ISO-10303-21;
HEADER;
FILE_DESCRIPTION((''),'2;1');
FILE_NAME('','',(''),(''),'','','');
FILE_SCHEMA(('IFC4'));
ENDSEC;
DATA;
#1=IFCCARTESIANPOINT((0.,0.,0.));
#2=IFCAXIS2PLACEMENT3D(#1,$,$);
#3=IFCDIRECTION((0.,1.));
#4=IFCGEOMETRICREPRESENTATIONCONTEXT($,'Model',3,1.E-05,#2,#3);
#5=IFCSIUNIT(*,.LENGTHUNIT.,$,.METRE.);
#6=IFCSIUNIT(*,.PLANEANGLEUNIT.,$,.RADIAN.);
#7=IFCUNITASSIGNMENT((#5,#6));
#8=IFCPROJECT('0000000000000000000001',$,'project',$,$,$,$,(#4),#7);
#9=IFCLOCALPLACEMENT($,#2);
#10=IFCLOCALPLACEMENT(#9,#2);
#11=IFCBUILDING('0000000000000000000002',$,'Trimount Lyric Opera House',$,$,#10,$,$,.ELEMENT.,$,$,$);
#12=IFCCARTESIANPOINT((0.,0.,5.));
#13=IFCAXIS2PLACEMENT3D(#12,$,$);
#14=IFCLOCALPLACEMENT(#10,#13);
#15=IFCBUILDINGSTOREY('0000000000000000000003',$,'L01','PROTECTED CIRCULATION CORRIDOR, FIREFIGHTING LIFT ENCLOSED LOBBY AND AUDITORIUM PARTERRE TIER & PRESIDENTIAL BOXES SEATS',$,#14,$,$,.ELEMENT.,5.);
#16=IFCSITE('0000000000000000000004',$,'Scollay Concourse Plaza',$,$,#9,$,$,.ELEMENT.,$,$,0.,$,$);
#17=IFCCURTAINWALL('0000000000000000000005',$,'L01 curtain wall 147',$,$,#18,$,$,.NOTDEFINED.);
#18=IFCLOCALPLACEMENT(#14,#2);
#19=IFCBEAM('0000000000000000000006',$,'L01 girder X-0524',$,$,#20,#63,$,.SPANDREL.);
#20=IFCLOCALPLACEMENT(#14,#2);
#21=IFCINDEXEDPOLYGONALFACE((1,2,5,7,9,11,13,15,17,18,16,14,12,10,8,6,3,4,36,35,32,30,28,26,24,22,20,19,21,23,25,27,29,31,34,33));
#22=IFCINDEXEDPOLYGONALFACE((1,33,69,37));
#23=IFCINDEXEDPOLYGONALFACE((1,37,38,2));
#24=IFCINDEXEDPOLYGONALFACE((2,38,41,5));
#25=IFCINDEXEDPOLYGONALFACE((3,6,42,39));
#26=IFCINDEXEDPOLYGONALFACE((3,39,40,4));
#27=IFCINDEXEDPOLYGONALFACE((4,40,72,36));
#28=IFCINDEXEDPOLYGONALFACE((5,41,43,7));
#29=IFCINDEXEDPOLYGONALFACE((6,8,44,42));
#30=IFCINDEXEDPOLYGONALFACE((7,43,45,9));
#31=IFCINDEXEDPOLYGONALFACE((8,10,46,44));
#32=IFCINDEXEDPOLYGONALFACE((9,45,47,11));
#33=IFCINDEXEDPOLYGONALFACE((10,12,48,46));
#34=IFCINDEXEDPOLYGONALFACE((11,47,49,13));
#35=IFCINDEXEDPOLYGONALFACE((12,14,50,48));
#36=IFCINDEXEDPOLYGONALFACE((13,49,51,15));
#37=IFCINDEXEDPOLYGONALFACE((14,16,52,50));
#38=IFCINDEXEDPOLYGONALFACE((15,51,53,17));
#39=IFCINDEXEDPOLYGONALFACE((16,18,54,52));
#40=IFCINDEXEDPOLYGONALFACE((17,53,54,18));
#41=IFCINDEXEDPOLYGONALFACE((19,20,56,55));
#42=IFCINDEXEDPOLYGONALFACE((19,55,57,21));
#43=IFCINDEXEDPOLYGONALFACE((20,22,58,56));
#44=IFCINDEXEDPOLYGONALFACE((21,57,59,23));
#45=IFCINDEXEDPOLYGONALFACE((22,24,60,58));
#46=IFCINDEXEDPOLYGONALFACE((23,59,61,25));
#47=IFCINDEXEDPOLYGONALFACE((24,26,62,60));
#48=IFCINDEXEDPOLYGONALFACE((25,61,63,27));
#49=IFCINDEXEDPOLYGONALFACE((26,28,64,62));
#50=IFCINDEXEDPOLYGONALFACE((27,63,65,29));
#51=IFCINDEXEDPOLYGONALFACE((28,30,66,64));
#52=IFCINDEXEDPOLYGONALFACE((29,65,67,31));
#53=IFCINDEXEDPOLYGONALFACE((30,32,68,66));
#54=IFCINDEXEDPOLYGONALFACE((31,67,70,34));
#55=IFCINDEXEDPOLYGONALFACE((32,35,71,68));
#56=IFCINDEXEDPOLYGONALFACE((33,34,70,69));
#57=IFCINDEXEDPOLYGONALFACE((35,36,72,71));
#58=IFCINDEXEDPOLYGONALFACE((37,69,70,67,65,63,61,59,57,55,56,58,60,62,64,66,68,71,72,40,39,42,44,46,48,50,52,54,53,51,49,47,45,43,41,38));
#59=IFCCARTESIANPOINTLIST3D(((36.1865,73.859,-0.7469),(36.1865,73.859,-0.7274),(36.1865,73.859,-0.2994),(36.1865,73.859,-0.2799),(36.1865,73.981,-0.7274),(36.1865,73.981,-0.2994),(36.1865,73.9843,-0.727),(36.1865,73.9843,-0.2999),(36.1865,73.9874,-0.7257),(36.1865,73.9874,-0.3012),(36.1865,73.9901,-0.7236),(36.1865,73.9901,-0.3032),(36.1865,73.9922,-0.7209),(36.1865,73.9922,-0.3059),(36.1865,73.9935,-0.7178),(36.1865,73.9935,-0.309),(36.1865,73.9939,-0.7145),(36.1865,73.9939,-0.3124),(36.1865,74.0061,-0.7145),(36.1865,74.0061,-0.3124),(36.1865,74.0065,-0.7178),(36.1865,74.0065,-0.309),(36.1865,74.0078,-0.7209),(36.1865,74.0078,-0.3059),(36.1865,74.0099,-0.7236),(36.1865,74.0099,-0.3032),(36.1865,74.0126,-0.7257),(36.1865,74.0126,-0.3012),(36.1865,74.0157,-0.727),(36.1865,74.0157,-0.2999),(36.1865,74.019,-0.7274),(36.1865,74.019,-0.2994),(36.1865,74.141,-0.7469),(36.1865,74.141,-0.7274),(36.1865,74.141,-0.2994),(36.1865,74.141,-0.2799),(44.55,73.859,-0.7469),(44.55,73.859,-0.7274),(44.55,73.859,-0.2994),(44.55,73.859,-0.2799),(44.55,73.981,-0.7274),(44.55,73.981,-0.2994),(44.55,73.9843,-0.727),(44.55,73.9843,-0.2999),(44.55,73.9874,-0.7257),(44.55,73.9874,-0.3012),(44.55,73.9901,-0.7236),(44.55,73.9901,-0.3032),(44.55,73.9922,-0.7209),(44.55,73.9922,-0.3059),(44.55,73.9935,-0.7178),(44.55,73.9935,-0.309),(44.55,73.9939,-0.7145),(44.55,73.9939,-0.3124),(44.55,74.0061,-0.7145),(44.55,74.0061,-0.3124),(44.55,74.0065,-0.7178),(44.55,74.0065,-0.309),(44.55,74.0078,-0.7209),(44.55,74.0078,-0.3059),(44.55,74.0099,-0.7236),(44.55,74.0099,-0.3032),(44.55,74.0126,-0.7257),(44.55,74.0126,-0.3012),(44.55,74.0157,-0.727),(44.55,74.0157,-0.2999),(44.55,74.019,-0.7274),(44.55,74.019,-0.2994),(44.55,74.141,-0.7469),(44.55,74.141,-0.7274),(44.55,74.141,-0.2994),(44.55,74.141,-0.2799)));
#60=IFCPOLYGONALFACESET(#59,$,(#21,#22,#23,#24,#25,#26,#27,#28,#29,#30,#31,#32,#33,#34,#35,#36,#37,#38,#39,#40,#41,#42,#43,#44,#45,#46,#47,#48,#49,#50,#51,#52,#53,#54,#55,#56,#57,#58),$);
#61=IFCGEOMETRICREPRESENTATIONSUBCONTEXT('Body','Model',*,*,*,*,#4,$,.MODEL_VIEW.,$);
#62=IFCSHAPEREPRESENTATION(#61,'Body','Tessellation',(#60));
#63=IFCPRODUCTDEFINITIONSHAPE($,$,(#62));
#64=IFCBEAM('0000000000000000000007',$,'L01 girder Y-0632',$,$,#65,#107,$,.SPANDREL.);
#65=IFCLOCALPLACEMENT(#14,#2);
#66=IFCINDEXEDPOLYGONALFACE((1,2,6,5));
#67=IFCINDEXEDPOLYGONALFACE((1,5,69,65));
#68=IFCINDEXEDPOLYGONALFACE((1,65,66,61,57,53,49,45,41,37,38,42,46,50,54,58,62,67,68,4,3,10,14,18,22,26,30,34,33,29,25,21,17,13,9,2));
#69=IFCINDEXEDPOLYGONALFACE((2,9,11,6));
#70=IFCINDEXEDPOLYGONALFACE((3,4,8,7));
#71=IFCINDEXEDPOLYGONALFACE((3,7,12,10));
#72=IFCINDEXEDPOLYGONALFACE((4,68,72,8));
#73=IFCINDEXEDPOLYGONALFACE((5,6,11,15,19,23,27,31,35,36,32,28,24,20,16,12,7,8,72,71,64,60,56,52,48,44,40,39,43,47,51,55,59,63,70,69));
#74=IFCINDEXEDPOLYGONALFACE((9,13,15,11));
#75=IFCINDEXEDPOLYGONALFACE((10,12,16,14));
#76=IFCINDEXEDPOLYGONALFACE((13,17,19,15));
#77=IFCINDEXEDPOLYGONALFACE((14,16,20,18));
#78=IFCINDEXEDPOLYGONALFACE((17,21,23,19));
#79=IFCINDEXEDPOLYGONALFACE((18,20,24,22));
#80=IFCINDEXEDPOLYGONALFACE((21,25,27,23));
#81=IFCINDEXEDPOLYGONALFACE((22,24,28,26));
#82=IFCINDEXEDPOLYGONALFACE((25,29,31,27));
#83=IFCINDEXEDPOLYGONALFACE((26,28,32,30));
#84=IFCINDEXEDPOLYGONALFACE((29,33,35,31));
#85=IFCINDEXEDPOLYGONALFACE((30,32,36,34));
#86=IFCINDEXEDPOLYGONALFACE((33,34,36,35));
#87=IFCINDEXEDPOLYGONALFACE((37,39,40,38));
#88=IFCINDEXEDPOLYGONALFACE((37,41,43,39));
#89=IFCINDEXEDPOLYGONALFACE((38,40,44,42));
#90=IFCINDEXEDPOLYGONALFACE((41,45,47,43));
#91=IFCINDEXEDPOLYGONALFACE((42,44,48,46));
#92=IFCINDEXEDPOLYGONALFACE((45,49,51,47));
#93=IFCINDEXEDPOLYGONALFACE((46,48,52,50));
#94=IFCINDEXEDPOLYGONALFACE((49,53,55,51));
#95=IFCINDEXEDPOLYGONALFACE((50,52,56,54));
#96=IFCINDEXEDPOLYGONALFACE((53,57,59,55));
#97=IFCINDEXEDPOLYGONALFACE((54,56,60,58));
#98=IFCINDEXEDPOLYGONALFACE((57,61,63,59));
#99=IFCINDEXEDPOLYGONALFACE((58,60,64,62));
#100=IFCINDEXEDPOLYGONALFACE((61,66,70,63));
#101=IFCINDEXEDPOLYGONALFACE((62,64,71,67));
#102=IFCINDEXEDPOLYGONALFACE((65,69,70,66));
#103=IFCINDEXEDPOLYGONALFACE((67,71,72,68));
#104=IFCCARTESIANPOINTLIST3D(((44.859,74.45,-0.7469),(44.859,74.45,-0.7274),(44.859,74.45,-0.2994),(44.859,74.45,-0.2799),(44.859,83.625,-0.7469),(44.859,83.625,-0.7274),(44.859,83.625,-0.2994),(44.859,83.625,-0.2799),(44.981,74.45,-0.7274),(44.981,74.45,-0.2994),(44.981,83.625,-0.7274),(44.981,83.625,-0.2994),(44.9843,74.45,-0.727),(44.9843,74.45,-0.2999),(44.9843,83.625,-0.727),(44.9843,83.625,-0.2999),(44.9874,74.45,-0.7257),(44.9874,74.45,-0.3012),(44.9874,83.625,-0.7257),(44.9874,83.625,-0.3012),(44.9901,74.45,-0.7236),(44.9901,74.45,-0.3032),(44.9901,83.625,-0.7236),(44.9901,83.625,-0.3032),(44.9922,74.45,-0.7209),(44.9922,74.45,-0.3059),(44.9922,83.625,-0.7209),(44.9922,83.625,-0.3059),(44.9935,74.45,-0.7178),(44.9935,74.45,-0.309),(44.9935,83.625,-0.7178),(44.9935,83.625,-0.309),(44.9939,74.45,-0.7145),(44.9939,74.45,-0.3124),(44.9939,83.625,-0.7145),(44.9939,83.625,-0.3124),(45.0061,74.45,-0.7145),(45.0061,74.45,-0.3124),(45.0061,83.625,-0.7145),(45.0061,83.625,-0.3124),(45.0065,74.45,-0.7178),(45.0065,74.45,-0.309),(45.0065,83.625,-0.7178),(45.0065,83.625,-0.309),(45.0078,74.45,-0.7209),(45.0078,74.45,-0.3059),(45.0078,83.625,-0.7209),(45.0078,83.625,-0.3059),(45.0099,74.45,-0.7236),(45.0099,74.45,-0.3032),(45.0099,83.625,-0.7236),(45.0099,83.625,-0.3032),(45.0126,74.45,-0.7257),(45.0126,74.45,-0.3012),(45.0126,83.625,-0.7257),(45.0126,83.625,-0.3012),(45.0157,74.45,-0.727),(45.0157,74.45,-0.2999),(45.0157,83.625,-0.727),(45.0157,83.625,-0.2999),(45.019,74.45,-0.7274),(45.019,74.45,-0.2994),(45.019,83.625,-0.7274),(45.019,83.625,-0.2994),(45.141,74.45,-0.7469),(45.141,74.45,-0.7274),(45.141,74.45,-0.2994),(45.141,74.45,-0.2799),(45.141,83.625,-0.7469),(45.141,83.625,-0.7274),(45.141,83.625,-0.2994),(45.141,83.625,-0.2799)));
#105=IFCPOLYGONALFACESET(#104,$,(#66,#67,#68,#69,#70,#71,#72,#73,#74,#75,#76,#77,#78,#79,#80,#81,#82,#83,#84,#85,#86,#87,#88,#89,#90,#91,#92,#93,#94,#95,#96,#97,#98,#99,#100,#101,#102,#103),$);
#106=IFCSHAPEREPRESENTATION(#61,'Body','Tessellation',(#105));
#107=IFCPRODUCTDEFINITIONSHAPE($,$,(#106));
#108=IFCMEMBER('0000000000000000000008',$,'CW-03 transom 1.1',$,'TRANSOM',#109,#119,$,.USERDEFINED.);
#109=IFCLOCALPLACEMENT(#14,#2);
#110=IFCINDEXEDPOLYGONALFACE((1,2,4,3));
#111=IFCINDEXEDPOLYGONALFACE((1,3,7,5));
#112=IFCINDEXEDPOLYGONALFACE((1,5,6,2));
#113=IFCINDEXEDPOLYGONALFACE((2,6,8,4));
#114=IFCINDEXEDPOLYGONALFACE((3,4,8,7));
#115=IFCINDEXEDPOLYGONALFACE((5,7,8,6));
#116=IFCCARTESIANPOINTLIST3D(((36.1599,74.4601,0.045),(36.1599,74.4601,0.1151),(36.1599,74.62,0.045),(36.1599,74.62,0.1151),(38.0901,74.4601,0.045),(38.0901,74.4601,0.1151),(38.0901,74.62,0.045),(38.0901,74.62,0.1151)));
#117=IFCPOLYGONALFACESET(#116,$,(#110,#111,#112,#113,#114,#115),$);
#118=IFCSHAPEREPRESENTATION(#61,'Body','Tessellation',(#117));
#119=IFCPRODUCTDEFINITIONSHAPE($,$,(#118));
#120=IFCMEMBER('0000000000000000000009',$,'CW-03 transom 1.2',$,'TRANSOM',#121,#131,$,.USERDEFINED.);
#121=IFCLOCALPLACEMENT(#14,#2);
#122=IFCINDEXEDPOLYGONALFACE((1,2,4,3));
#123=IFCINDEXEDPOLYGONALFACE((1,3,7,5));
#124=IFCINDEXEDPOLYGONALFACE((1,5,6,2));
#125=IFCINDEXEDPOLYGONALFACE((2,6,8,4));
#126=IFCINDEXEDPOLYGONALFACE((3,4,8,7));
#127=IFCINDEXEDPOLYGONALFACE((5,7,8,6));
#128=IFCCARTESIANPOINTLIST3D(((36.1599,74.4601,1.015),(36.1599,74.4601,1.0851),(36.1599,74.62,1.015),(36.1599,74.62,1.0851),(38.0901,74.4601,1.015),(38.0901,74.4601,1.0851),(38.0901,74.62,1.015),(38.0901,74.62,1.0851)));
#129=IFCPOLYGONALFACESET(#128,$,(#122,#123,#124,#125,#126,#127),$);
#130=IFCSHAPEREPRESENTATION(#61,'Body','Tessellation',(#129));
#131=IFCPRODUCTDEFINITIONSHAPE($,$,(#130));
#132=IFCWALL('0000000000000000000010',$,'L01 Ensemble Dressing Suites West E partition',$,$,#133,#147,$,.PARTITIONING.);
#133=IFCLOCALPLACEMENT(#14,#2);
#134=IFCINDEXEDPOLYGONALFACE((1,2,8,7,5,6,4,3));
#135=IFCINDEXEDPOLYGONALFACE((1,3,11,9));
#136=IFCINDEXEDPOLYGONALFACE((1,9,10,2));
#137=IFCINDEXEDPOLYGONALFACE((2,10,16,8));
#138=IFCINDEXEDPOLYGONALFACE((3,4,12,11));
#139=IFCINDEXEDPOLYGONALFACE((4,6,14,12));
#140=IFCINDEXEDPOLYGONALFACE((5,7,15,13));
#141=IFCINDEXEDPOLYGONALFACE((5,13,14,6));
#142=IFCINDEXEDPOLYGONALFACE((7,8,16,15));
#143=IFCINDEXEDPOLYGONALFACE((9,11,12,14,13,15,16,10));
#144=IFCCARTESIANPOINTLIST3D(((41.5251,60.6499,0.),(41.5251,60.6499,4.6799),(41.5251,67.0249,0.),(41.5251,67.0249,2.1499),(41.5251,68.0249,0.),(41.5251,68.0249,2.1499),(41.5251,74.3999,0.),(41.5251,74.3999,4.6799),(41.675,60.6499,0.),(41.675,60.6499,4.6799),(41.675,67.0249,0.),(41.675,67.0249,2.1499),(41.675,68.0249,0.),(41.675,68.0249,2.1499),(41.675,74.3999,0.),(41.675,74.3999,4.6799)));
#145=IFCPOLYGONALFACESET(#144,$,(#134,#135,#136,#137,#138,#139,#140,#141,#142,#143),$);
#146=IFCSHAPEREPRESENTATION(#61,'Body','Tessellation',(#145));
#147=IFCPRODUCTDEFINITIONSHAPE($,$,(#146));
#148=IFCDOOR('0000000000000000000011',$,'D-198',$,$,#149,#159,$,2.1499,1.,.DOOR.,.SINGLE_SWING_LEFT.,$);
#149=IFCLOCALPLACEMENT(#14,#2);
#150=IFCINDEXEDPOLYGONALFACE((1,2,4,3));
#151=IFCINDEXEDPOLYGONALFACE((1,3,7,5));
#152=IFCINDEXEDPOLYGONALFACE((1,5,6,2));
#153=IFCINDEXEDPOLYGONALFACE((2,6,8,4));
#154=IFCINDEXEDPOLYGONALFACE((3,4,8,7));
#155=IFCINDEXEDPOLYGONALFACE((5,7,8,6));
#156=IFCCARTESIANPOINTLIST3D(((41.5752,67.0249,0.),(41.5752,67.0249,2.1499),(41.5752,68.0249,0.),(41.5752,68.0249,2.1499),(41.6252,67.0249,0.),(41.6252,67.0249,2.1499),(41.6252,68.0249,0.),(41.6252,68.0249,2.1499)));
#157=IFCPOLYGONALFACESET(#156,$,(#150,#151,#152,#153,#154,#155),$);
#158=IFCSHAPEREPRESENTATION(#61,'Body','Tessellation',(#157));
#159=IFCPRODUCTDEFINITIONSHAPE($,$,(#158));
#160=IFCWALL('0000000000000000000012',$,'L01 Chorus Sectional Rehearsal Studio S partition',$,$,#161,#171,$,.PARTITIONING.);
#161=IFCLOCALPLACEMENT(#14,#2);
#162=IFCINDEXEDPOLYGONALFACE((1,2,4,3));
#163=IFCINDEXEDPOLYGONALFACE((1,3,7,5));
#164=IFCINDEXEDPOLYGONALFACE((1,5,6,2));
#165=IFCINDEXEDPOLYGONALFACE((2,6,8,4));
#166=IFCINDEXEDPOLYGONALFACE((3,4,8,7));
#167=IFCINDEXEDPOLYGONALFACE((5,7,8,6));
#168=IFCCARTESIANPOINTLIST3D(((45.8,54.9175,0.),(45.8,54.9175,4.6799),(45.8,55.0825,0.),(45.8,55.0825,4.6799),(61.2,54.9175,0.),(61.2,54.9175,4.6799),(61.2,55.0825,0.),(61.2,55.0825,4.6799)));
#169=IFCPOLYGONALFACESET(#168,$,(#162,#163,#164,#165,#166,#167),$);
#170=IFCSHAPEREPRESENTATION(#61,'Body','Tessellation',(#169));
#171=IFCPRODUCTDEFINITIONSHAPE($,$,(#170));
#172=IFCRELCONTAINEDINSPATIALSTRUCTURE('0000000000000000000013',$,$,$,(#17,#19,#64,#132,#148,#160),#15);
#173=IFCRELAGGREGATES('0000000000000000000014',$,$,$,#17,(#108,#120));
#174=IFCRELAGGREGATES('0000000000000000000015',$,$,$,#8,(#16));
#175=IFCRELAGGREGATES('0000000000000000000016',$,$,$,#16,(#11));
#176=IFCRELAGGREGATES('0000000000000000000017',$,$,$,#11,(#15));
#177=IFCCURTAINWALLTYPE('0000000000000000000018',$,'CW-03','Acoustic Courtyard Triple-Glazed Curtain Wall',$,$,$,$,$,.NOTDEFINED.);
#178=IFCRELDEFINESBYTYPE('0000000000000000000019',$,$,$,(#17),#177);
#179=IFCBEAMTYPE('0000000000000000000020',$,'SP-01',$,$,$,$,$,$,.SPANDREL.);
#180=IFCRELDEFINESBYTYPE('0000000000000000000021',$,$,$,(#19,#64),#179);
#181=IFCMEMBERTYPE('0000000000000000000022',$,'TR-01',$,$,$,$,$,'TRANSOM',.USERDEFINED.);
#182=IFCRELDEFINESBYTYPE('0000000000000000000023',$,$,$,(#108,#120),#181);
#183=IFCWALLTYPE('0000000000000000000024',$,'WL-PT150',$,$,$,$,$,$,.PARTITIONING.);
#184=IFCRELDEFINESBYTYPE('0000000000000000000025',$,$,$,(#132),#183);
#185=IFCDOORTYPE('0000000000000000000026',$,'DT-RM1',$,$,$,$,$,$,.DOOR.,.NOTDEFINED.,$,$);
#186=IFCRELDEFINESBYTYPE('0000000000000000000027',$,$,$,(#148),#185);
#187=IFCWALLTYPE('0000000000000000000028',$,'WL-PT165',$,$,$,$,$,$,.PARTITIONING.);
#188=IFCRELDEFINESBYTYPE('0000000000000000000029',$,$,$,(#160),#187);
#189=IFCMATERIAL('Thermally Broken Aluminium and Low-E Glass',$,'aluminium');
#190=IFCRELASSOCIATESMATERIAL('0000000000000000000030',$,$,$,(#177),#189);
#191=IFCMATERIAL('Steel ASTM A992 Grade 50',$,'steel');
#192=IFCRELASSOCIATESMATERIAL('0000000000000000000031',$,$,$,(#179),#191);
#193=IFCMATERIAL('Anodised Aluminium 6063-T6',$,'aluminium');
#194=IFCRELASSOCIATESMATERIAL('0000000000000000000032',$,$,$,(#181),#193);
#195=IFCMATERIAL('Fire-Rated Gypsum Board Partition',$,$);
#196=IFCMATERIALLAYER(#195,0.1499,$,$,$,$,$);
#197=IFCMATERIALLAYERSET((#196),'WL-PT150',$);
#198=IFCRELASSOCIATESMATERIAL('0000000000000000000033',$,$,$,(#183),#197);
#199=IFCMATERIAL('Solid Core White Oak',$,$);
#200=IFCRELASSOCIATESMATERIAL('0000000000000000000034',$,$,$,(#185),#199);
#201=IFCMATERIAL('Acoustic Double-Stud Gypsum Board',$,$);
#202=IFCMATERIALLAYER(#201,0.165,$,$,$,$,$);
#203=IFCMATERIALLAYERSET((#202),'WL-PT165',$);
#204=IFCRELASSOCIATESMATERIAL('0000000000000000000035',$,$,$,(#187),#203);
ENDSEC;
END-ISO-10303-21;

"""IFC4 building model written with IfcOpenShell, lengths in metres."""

from ifc_helpers import new_model, si_unit, direction, frame, frame_2d, origin, origin_2d, place, context, subcontext, project, spatial, rectangle, i_section, extrude, material, layer, layer_set, material_profile, profile_set, type_object, element, fill, aggregate, save


model = new_model("IFC4")

# Units and contexts
model_context = context("Model", 3, precision=1e-05, world=origin(), true_north=direction((0.0, 1.0)))
body_context = subcontext(model_context, "Body", "Model", "MODEL_VIEW")
ifc_project = project(units=[si_unit("LENGTHUNIT", "METRE"), si_unit("PLANEANGLEUNIT", "RADIAN")], contexts=[model_context])

# Site, building, storey
site_placement = place(None, origin())
site = spatial("IfcSite", under=ifc_project, at=site_placement, Name="Scollay Concourse Plaza", CompositionType="ELEMENT", RefElevation=0.0)
building_placement = place(site_placement, origin())
building = spatial("IfcBuilding", under=site, at=building_placement, Name="Trimount Lyric Opera House", CompositionType="ELEMENT")
storey_placement = place(building_placement, frame((0.0, 0.0, 5.0)))
storey = spatial("IfcBuildingStorey", under=building, at=storey_placement, Name="L01", Description="PROTECTED CIRCULATION CORRIDOR, FIREFIGHTING LIFT ENCLOSED LOBBY AND AUDITORIUM PARTERRE TIER & PRESIDENTIAL BOXES SEATS", CompositionType="ELEMENT", Elevation=5.0)

# Curtain wall
ifc_material_1 = material(Name="Thermally Broken Aluminium and Low-E Glass", Category="aluminium")
curtain_wall_type = type_object("IfcCurtainWallType", Name="CW-03", Description="Acoustic Courtyard Triple-Glazed Curtain Wall", PredefinedType="NOTDEFINED", material=ifc_material_1)
curtain_wall_placement = place(storey_placement, origin())
curtain_wall = element("IfcCurtainWall", 1, at=curtain_wall_placement, inside=storey, type_object=curtain_wall_type, Name="L01 curtain wall 147", PredefinedType="NOTDEFINED")

# Beams
ifc_material_2 = material(Name="Steel ASTM A992 Grade 50", Category="steel")
ifc_material_profile_1 = material_profile(ifc_material_2, i_section(OverallWidth=0.282, OverallDepth=0.467, WebThickness=0.0122, FlangeThickness=0.0195, FilletRadius=0.0129, at=origin_2d()), Name="W18X86")
ifc_profile_set_1 = profile_set([ifc_material_profile_1], Name="Steel ASTM A992 Grade 50")
beam_type_1 = type_object("IfcBeamType", Name="SP-01", PredefinedType="SPANDREL", material=ifc_profile_set_1)
beam_1_placement = place(storey_placement, frame((36.1865, 74.0, -0.5134), z_axis=(1.0, 0.0, 0.0), x_axis=(0.0, 1.0, 0.0)))
element("IfcBeam", 2, at=beam_1_placement, inside=storey, type_object=beam_type_1, Name="L01 girder X-0524", PredefinedType="SPANDREL", context=body_context, shape_type="SweptSolid", body=[
    extrude(i_section(OverallWidth=0.282, OverallDepth=0.467, WebThickness=0.0122, FlangeThickness=0.0195, FilletRadius=0.0129, at=origin_2d()), origin(), (0.0, 0.0, 1.0), 8.3635),
])
beam_2_placement = place(storey_placement, frame((45.0, 74.45, -0.5134), z_axis=(0.0, 1.0, 0.0), x_axis=(-1.0, 0.0, 0.0)))
element("IfcBeam", 3, at=beam_2_placement, inside=storey, type_object=beam_type_1, Name="L01 girder Y-0632", PredefinedType="SPANDREL", context=body_context, shape_type="SweptSolid", body=[
    extrude(i_section(OverallWidth=0.282, OverallDepth=0.467, WebThickness=0.0122, FlangeThickness=0.0195, FilletRadius=0.0129, at=origin_2d()), origin(), (0.0, 0.0, 1.0), 9.175),
])

# Members
ifc_material_3 = material(Name="Anodised Aluminium 6063-T6", Category="aluminium")
ifc_material_profile_2 = material_profile(ifc_material_3, rectangle(XDim=0.1599, YDim=0.0701, at=origin_2d()), Name="ALU-TRAN-70X160")
ifc_profile_set_2 = profile_set([ifc_material_profile_2], Name="Anodised Aluminium 6063-T6")
member_type_1 = type_object("IfcMemberType", Name="TR-01", ElementType="TRANSOM", PredefinedType="USERDEFINED", material=ifc_profile_set_2)
member_1_placement = place(storey_placement, frame((36.1599, 74.54, 0.0801), z_axis=(1.0, 0.0, 0.0), x_axis=(0.0, 1.0, 0.0)))
member_1 = element("IfcMember", 4, at=member_1_placement, type_object=member_type_1, Name="CW-03 transom 1.1", ObjectType="TRANSOM", PredefinedType="USERDEFINED", context=body_context, shape_type="SweptSolid", body=[
    extrude(rectangle(XDim=0.1599, YDim=0.0701, at=origin_2d()), origin(), (0.0, 0.0, 1.0), 1.9302),
])
member_2_placement = place(storey_placement, frame((36.1599, 74.54, 1.05), z_axis=(1.0, 0.0, 0.0), x_axis=(0.0, 1.0, 0.0)))
member_2 = element("IfcMember", 5, at=member_2_placement, type_object=member_type_1, Name="CW-03 transom 1.2", ObjectType="TRANSOM", PredefinedType="USERDEFINED", context=body_context, shape_type="SweptSolid", body=[
    extrude(rectangle(XDim=0.1599, YDim=0.0701, at=origin_2d()), origin(), (0.0, 0.0, 1.0), 1.9302),
])
aggregate(curtain_wall, [member_1, member_2])

# Wall, opening, door
ifc_material_4 = material(Name="Fire-Rated Gypsum Board Partition")
ifc_layer_1 = layer(ifc_material_4, 0.1499)
ifc_layer_set_1 = layer_set([ifc_layer_1], Name="WL-PT150")
wall_type_1 = type_object("IfcWallType", Name="WL-PT150", PredefinedType="PARTITIONING", material=ifc_layer_set_1)
wall_1_placement = place(storey_placement, frame((41.6001, 60.6499, 0.0), z_axis=(0.0, 0.0, 1.0), x_axis=(0.0, 1.0, 0.0)))
wall_1 = element("IfcWall", 6, at=wall_1_placement, inside=storey, type_object=wall_type_1, Name="L01 Ensemble Dressing Suites West E partition", PredefinedType="PARTITIONING", context=body_context, shape_type="SweptSolid", body=[
    extrude(rectangle(XDim=13.75, YDim=0.1499, at=frame_2d((6.875, 0.0))), origin(), (0.0, 0.0, 1.0), 4.6799),
])
opening_placement = place(wall_1_placement, frame((6.375, 0.0, 0.0)))
opening = element("IfcOpeningElement", 7, at=opening_placement, cuts=wall_1, PredefinedType="OPENING", context=body_context, shape_type="SweptSolid", body=[
    extrude(rectangle(XDim=1.0, YDim=2.1499, at=frame_2d((0.5, 1.075))), frame((0.0, 0.085, 0.0), z_axis=(0.0, -1.0, 0.0), x_axis=(1.0, 0.0, 0.0)), (0.0, 0.0, 1.0), 0.1699),
])
ifc_material_5 = material(Name="Solid Core White Oak")
door_type = type_object("IfcDoorType", Name="DT-RM1", OperationType="NOTDEFINED", PredefinedType="DOOR", material=ifc_material_5)
door_placement = place(opening_placement, origin())
door = element("IfcDoor", 8, at=door_placement, inside=storey, type_object=door_type, Name="D-198", OperationType="SINGLE_SWING_LEFT", OverallHeight=2.1499, OverallWidth=1.0, PredefinedType="DOOR", context=body_context, shape_type="SweptSolid", body=[
    extrude(rectangle(XDim=1.0, YDim=2.1499, at=frame_2d((0.5, 1.075))), frame((0.0, 0.0249, 0.0), z_axis=(0.0, -1.0, 0.0), x_axis=(1.0, 0.0, 0.0)), (0.0, 0.0, 1.0), 0.05),
])
fill(opening, door)

# Wall
ifc_material_6 = material(Name="Acoustic Double-Stud Gypsum Board")
ifc_layer_2 = layer(ifc_material_6, 0.165)
ifc_layer_set_2 = layer_set([ifc_layer_2], Name="WL-PT165")
wall_type_2 = type_object("IfcWallType", Name="WL-PT165", PredefinedType="PARTITIONING", material=ifc_layer_set_2)
wall_2_placement = place(storey_placement, frame((45.8, 55.0, 0.0), z_axis=(0.0, 0.0, 1.0), x_axis=(1.0, 0.0, 0.0)))
element("IfcWall", 9, at=wall_2_placement, inside=storey, type_object=wall_type_2, Name="L01 Chorus Sectional Rehearsal Studio S partition", PredefinedType="PARTITIONING", context=body_context, shape_type="SweptSolid", body=[
    extrude(rectangle(XDim=15.3999, YDim=0.165, at=frame_2d((7.7, 0.0))), origin(), (0.0, 0.0, 1.0), 4.6799),
])

save(model, "model.ifc")
